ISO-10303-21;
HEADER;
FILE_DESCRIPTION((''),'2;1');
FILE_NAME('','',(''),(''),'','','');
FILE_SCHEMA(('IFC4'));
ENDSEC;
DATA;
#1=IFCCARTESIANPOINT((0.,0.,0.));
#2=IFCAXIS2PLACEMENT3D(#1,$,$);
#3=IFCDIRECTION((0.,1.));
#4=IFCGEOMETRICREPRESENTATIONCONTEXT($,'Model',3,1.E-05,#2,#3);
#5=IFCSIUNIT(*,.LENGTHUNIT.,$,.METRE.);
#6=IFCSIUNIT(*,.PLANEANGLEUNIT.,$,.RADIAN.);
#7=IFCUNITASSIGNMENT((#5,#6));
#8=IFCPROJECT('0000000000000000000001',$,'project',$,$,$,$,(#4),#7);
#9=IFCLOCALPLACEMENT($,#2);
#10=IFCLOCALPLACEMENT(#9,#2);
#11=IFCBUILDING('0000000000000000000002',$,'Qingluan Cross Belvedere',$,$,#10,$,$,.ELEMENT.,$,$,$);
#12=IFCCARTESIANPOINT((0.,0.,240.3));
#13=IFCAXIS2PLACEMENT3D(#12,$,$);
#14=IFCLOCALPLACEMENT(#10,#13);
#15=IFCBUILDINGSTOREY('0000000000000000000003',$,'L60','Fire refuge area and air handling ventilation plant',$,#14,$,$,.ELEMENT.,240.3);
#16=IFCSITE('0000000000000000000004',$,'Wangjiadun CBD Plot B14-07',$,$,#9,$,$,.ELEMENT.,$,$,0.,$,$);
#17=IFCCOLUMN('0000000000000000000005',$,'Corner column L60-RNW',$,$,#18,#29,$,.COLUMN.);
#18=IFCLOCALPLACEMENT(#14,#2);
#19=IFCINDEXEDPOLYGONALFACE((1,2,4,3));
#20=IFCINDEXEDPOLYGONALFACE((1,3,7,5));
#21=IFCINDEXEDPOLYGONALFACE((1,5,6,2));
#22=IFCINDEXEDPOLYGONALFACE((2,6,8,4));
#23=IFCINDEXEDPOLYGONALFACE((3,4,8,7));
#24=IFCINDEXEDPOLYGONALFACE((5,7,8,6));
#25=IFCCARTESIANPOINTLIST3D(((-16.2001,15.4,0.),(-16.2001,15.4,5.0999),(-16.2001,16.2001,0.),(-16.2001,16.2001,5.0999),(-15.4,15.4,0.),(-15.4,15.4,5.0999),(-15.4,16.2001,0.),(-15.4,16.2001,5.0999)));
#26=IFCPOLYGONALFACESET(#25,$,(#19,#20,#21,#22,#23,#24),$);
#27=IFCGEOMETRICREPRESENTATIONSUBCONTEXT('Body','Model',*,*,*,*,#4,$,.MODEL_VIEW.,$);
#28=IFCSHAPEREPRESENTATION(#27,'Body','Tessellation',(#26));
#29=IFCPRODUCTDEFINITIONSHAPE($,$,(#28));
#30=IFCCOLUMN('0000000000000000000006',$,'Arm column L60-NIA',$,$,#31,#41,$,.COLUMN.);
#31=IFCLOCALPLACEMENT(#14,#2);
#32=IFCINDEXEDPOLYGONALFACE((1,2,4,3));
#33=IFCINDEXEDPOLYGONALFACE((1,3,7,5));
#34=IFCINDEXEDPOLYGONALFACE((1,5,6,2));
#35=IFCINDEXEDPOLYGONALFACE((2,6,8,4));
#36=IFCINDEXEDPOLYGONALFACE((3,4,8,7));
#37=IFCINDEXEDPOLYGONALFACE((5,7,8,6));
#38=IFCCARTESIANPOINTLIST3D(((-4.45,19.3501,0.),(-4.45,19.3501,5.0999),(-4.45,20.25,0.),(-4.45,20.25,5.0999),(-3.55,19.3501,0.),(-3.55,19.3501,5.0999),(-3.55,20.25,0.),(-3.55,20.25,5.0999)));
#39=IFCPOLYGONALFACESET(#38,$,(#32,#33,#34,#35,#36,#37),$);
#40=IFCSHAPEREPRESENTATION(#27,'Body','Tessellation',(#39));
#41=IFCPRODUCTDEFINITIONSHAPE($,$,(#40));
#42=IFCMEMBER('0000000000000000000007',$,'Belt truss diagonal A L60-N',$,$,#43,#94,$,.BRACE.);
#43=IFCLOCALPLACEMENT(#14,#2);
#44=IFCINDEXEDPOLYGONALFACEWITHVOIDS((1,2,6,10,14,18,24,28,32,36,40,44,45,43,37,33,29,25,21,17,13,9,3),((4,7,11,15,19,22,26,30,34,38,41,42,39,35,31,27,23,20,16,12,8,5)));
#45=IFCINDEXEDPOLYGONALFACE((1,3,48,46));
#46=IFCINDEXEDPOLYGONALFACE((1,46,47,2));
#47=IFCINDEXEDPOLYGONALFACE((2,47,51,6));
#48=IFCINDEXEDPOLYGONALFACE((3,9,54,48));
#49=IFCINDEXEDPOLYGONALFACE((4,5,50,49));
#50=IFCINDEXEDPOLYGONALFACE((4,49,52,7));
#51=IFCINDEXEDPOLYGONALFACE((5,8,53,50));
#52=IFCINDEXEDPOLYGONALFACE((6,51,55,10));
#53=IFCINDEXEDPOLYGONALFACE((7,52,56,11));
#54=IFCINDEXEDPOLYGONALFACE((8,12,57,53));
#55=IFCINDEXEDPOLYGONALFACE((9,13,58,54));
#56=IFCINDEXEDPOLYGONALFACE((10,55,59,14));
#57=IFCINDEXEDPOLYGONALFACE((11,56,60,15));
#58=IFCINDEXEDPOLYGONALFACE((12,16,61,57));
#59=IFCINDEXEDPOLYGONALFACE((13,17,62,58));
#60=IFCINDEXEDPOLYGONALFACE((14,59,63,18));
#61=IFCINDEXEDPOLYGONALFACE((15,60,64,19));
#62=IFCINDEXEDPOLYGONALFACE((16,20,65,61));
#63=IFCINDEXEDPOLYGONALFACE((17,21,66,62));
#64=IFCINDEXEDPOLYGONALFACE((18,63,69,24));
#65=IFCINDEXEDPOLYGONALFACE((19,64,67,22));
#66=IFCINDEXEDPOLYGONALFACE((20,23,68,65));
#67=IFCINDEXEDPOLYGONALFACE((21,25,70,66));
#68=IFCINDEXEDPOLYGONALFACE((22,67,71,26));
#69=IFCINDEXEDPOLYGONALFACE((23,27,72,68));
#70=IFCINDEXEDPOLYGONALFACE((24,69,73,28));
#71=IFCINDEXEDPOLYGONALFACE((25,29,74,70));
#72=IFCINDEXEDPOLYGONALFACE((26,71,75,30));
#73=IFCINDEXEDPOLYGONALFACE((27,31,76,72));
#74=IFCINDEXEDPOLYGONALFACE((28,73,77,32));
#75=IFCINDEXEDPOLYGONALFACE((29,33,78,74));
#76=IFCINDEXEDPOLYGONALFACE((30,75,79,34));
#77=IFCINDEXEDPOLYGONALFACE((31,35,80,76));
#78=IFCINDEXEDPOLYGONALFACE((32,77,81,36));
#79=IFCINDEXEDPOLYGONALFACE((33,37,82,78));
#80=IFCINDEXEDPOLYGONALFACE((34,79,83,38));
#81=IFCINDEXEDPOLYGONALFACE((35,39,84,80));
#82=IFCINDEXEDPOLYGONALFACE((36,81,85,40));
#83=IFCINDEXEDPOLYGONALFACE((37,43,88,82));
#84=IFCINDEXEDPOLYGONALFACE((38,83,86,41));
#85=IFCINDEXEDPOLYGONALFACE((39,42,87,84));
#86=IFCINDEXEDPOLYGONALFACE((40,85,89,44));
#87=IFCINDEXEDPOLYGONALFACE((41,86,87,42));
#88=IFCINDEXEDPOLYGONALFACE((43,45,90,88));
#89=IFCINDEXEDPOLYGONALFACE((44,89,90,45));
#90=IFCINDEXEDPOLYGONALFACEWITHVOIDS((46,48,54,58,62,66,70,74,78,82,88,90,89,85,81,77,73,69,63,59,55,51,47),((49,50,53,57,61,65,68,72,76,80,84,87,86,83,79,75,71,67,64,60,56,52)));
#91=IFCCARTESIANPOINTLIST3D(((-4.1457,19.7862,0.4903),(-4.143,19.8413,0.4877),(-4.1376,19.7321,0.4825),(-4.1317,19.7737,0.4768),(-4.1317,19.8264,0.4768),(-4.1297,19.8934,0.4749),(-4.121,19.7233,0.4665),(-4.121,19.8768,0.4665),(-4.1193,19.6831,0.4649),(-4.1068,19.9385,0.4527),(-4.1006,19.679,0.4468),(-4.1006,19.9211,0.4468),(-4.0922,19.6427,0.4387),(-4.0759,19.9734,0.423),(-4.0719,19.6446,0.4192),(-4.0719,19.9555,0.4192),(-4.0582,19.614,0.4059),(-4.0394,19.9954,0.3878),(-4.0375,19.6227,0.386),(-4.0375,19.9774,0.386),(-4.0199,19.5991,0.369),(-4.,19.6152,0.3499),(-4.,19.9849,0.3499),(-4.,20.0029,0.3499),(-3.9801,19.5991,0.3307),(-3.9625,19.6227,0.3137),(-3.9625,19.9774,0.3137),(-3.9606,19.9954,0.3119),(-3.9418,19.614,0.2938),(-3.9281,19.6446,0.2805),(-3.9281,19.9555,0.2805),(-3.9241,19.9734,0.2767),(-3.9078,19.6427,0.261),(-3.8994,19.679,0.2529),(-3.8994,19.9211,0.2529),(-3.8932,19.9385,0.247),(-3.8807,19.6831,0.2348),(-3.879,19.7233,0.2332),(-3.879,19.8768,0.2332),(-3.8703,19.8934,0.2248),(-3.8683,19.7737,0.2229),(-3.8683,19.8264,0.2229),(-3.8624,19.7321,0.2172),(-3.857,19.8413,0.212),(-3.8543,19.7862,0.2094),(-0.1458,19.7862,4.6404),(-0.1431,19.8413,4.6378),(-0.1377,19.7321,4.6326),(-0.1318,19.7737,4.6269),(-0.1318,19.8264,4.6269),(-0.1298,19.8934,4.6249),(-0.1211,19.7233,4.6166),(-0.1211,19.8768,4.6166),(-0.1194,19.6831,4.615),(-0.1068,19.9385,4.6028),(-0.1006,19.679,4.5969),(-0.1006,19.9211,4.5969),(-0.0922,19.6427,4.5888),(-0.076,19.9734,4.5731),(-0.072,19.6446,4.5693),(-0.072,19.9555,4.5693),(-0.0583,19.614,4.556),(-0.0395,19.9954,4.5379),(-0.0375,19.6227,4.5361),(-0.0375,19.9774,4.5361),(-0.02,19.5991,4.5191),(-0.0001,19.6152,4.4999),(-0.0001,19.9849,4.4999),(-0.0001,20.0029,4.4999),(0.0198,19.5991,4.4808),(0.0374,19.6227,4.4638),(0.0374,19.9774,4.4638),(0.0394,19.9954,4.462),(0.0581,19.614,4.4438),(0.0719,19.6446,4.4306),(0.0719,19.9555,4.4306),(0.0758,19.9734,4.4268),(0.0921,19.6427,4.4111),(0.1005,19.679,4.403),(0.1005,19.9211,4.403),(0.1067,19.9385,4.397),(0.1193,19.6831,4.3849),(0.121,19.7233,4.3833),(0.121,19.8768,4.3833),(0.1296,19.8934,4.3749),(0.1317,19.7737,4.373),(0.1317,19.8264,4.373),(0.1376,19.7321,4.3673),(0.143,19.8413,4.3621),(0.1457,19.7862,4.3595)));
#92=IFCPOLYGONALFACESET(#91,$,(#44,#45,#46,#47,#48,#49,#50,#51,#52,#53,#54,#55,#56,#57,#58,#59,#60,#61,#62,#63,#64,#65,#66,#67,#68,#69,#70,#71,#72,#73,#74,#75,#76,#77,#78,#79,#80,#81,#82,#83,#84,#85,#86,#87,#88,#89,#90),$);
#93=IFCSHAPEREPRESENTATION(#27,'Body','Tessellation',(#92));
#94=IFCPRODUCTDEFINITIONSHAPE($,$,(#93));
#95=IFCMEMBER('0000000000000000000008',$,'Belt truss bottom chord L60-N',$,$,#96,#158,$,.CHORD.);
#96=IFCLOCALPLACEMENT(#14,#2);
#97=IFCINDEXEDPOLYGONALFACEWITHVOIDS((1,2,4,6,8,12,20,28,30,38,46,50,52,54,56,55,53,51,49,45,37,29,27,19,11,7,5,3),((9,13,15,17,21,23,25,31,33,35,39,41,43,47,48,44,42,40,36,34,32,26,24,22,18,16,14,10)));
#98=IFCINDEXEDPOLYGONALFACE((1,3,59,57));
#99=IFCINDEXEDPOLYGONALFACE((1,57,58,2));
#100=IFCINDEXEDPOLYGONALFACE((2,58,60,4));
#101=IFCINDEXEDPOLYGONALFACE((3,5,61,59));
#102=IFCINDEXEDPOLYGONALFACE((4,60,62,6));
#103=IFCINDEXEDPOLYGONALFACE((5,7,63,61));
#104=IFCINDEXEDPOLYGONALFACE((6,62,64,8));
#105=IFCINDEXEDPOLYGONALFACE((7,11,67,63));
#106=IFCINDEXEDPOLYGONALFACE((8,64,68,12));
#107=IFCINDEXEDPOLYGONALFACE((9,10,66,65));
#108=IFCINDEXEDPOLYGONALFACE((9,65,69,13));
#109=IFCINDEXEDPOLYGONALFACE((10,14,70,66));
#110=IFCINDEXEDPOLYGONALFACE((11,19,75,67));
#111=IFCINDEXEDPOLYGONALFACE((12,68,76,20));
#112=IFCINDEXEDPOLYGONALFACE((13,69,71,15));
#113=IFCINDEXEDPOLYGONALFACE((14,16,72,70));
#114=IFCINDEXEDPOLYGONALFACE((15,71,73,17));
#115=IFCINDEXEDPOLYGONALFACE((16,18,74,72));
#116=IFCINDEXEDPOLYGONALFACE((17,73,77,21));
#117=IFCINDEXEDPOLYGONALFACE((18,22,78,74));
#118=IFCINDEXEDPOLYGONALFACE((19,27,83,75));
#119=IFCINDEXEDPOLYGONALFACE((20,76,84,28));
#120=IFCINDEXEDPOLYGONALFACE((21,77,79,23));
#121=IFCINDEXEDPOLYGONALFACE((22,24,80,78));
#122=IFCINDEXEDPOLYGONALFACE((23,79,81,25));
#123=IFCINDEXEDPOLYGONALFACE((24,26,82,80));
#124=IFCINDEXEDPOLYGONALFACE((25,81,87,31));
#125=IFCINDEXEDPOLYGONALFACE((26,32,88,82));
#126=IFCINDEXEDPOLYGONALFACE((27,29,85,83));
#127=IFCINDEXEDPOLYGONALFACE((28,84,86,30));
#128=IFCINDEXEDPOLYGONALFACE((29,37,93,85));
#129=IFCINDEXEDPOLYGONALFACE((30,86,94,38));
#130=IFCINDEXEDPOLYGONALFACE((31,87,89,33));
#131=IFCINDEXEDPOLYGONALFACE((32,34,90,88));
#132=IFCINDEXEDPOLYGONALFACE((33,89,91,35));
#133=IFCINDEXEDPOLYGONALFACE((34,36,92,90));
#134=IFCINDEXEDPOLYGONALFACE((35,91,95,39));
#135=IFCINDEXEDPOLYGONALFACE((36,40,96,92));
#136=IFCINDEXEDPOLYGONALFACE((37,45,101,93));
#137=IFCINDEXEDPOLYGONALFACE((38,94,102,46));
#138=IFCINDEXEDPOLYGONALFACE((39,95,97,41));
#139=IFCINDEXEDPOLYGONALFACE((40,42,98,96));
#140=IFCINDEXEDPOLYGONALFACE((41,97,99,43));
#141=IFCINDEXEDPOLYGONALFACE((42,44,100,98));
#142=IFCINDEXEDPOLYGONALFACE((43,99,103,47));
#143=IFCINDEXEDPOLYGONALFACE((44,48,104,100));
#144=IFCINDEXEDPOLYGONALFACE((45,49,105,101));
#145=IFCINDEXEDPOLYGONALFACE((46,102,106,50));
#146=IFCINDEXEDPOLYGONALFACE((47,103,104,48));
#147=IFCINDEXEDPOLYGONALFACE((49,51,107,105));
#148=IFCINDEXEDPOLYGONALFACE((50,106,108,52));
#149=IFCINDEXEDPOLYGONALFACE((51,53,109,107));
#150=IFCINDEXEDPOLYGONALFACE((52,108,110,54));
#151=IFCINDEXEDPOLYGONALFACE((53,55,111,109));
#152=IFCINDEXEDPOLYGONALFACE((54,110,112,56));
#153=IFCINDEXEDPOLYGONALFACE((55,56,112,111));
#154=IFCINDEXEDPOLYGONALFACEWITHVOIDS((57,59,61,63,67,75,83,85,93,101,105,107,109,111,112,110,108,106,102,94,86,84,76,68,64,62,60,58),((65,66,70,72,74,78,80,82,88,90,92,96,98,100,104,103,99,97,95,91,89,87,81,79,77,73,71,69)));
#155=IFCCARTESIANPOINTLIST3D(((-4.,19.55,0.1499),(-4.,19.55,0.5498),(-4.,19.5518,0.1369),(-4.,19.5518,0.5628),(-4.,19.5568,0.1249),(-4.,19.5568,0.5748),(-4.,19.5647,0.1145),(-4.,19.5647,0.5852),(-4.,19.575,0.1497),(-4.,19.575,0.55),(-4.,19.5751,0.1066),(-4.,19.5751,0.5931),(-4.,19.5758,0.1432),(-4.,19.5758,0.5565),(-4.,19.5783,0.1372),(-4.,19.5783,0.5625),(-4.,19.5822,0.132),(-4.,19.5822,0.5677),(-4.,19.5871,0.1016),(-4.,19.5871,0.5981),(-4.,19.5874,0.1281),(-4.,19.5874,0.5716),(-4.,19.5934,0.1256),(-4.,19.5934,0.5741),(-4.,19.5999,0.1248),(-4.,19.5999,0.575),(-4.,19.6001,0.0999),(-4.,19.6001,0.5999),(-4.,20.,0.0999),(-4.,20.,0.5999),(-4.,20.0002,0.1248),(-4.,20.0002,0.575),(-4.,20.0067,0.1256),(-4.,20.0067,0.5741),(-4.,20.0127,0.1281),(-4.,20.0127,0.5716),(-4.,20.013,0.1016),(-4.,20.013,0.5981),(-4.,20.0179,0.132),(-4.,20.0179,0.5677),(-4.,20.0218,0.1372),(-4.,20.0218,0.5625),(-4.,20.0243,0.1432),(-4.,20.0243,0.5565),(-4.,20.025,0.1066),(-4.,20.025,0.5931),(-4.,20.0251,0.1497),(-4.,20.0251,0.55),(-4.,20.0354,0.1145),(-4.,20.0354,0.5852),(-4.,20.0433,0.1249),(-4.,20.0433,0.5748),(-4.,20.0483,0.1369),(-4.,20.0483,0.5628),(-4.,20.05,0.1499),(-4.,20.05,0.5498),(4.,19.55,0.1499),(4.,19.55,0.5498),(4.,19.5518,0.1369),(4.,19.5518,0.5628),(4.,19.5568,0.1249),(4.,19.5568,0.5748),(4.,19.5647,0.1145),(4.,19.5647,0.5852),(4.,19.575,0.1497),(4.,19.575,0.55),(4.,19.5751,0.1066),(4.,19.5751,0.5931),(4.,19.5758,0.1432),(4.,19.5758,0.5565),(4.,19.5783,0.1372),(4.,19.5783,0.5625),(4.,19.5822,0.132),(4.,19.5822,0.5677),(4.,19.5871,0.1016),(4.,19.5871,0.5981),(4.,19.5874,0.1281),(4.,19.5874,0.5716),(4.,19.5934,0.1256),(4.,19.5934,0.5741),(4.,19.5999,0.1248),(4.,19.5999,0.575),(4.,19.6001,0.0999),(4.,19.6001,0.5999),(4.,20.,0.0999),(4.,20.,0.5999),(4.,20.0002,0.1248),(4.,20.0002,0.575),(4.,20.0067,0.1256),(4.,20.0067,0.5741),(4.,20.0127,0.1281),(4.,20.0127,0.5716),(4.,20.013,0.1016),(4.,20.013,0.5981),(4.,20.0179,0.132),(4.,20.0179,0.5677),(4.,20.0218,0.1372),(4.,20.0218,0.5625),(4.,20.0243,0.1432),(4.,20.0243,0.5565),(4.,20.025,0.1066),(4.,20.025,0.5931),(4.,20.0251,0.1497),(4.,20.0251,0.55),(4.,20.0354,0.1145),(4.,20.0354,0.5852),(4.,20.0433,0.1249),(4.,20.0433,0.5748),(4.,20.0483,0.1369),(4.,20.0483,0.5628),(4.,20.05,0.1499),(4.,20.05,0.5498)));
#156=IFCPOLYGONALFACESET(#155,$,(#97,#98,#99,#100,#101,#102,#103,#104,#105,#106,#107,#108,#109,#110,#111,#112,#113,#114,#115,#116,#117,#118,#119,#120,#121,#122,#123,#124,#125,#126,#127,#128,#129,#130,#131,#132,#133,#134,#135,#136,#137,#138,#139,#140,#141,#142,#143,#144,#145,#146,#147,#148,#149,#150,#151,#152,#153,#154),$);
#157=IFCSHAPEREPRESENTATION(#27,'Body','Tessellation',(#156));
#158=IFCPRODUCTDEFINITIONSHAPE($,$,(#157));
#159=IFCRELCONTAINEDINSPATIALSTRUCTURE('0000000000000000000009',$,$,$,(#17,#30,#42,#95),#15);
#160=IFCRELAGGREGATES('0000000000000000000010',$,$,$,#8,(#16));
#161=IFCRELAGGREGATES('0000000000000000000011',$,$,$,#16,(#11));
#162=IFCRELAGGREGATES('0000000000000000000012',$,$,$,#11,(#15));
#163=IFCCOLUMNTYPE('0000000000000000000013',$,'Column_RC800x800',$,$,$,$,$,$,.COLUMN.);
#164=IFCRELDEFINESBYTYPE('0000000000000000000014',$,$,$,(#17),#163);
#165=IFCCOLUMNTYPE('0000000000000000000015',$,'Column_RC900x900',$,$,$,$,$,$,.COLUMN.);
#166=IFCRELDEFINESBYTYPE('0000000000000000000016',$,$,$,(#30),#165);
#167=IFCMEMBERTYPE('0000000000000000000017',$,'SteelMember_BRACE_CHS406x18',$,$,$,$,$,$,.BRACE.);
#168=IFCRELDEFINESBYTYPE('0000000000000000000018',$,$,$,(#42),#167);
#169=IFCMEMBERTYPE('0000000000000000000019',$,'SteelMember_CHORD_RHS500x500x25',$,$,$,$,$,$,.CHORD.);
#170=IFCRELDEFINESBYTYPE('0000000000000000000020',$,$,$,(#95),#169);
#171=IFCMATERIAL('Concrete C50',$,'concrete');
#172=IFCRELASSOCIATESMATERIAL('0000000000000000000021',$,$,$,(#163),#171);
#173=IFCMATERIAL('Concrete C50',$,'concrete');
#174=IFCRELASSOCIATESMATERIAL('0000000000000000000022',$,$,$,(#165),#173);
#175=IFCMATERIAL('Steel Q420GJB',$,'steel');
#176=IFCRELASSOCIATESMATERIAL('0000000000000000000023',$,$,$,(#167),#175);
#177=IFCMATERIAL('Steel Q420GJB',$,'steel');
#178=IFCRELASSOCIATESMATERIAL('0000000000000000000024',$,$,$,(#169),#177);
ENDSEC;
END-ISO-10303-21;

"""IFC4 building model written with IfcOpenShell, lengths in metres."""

from ifc_helpers import new_model, si_unit, direction, frame, origin, origin_2d, place, context, subcontext, project, spatial, rectangle, hollow_rectangle, hollow_circle, extrude, material, material_profile, profile_set, type_object, element, save


model = new_model("IFC4")

# Units and contexts
model_context = context("Model", 3, precision=1e-05, world=origin(), true_north=direction((0.0, 1.0)))
body_context = subcontext(model_context, "Body", "Model", "MODEL_VIEW")
ifc_project = project(units=[si_unit("LENGTHUNIT", "METRE"), si_unit("PLANEANGLEUNIT", "RADIAN")], contexts=[model_context])

# Site, building, storey
site_placement = place(None, origin())
site = spatial("IfcSite", under=ifc_project, at=site_placement, Name="Wangjiadun CBD Plot B14-07", CompositionType="ELEMENT", RefElevation=0.0)
building_placement = place(site_placement, origin())
building = spatial("IfcBuilding", under=site, at=building_placement, Name="Qingluan Cross Belvedere", CompositionType="ELEMENT")
storey_placement = place(building_placement, frame((0.0, 0.0, 240.3)))
storey = spatial("IfcBuildingStorey", under=building, at=storey_placement, Name="L60", Description="Fire refuge area and air handling ventilation plant", CompositionType="ELEMENT", Elevation=240.3)

# Columns
ifc_material_1 = material(Name="Concrete C50", Category="concrete")
ifc_material_profile_1 = material_profile(ifc_material_1, rectangle(XDim=0.8, YDim=0.8, at=origin_2d()), Name="RC800x800")
ifc_profile_set_1 = profile_set([ifc_material_profile_1], Name="Concrete C50")
column_type_1 = type_object("IfcColumnType", Name="Column_RC800x800", PredefinedType="COLUMN", material=ifc_profile_set_1)
column_1_placement = place(storey_placement, frame((-15.8, 15.8, 0.0), z_axis=(0.0, 0.0, 1.0), x_axis=(1.0, 0.0, 0.0)))
element("IfcColumn", 1, at=column_1_placement, inside=storey, type_object=column_type_1, Name="Corner column L60-RNW", PredefinedType="COLUMN", context=body_context, shape_type="SweptSolid", body=[
    extrude(rectangle(XDim=0.8, YDim=0.8, at=origin_2d()), origin(), (0.0, 0.0, 1.0), 5.0999),
])
ifc_material_2 = material(Name="Concrete C50", Category="concrete")
ifc_material_profile_2 = material_profile(ifc_material_2, rectangle(XDim=0.8999, YDim=0.8999, at=origin_2d()), Name="RC900x900")
ifc_profile_set_2 = profile_set([ifc_material_profile_2], Name="Concrete C50")
column_type_2 = type_object("IfcColumnType", Name="Column_RC900x900", PredefinedType="COLUMN", material=ifc_profile_set_2)
column_2_placement = place(storey_placement, frame((-4.0, 19.8, 0.0), z_axis=(0.0, 0.0, 1.0), x_axis=(1.0, 0.0, 0.0)))
element("IfcColumn", 2, at=column_2_placement, inside=storey, type_object=column_type_2, Name="Arm column L60-NIA", PredefinedType="COLUMN", context=body_context, shape_type="SweptSolid", body=[
    extrude(rectangle(XDim=0.8999, YDim=0.8999, at=origin_2d()), origin(), (0.0, 0.0, 1.0), 5.0999),
])

# Members
ifc_material_3 = material(Name="Steel Q420GJB", Category="steel")
ifc_material_profile_3 = material_profile(ifc_material_3, hollow_circle(Radius=0.2029, WallThickness=0.0181, at=origin_2d()), Name="CHS406x18")
ifc_profile_set_3 = profile_set([ifc_material_profile_3], Name="Steel Q420GJB")
member_type_1 = type_object("IfcMemberType", Name="SteelMember_BRACE_CHS406x18", PredefinedType="BRACE", material=ifc_profile_set_3)
member_placement = place(storey_placement, frame((-4.0, 19.8, 0.3499), z_axis=(0.693962, 0.0, 0.720011), x_axis=(0.0, 1.0, 0.0)))
element("IfcMember", 3, at=member_placement, inside=storey, type_object=member_type_1, Name="Belt truss diagonal A L60-N", PredefinedType="BRACE", context=body_context, shape_type="SweptSolid", body=[
    extrude(hollow_circle(Radius=0.2029, WallThickness=0.0181, at=origin_2d()), origin(), (0.0, 0.0, 1.0), 5.7639),
])
ifc_material_4 = material(Name="Steel Q420GJB", Category="steel")
ifc_material_profile_4 = material_profile(ifc_material_4, hollow_rectangle(XDim=0.5, YDim=0.5, WallThickness=0.0249, InnerFilletRadius=0.0249, OuterFilletRadius=0.05, at=origin_2d()), Name="RHS500x500x25")
ifc_profile_set_4 = profile_set([ifc_material_profile_4], Name="Steel Q420GJB")
member_type_2 = type_object("IfcMemberType", Name="SteelMember_CHORD_RHS500x500x25", PredefinedType="CHORD", material=ifc_profile_set_4)
for number, where, z_axis, x_axis, name in (
    (4, (-4.0, 19.8, 0.3499), (1.0, 0.0, 0.0), (0.0, 1.0, 0.0), "Belt truss bottom chord L60-N"),
):
    element("IfcMember", number, at=place(storey_placement, frame(where, z_axis=z_axis, x_axis=x_axis)), inside=storey, type_object=member_type_2, Name=name, PredefinedType="CHORD", context=body_context, shape_type="SweptSolid", body=[
        extrude(hollow_rectangle(XDim=0.5, YDim=0.5, WallThickness=0.0249, InnerFilletRadius=0.0249, OuterFilletRadius=0.05, at=origin_2d()), origin(), (0.0, 0.0, 1.0), 8.0),
    ])

save(model, "model.ifc")
